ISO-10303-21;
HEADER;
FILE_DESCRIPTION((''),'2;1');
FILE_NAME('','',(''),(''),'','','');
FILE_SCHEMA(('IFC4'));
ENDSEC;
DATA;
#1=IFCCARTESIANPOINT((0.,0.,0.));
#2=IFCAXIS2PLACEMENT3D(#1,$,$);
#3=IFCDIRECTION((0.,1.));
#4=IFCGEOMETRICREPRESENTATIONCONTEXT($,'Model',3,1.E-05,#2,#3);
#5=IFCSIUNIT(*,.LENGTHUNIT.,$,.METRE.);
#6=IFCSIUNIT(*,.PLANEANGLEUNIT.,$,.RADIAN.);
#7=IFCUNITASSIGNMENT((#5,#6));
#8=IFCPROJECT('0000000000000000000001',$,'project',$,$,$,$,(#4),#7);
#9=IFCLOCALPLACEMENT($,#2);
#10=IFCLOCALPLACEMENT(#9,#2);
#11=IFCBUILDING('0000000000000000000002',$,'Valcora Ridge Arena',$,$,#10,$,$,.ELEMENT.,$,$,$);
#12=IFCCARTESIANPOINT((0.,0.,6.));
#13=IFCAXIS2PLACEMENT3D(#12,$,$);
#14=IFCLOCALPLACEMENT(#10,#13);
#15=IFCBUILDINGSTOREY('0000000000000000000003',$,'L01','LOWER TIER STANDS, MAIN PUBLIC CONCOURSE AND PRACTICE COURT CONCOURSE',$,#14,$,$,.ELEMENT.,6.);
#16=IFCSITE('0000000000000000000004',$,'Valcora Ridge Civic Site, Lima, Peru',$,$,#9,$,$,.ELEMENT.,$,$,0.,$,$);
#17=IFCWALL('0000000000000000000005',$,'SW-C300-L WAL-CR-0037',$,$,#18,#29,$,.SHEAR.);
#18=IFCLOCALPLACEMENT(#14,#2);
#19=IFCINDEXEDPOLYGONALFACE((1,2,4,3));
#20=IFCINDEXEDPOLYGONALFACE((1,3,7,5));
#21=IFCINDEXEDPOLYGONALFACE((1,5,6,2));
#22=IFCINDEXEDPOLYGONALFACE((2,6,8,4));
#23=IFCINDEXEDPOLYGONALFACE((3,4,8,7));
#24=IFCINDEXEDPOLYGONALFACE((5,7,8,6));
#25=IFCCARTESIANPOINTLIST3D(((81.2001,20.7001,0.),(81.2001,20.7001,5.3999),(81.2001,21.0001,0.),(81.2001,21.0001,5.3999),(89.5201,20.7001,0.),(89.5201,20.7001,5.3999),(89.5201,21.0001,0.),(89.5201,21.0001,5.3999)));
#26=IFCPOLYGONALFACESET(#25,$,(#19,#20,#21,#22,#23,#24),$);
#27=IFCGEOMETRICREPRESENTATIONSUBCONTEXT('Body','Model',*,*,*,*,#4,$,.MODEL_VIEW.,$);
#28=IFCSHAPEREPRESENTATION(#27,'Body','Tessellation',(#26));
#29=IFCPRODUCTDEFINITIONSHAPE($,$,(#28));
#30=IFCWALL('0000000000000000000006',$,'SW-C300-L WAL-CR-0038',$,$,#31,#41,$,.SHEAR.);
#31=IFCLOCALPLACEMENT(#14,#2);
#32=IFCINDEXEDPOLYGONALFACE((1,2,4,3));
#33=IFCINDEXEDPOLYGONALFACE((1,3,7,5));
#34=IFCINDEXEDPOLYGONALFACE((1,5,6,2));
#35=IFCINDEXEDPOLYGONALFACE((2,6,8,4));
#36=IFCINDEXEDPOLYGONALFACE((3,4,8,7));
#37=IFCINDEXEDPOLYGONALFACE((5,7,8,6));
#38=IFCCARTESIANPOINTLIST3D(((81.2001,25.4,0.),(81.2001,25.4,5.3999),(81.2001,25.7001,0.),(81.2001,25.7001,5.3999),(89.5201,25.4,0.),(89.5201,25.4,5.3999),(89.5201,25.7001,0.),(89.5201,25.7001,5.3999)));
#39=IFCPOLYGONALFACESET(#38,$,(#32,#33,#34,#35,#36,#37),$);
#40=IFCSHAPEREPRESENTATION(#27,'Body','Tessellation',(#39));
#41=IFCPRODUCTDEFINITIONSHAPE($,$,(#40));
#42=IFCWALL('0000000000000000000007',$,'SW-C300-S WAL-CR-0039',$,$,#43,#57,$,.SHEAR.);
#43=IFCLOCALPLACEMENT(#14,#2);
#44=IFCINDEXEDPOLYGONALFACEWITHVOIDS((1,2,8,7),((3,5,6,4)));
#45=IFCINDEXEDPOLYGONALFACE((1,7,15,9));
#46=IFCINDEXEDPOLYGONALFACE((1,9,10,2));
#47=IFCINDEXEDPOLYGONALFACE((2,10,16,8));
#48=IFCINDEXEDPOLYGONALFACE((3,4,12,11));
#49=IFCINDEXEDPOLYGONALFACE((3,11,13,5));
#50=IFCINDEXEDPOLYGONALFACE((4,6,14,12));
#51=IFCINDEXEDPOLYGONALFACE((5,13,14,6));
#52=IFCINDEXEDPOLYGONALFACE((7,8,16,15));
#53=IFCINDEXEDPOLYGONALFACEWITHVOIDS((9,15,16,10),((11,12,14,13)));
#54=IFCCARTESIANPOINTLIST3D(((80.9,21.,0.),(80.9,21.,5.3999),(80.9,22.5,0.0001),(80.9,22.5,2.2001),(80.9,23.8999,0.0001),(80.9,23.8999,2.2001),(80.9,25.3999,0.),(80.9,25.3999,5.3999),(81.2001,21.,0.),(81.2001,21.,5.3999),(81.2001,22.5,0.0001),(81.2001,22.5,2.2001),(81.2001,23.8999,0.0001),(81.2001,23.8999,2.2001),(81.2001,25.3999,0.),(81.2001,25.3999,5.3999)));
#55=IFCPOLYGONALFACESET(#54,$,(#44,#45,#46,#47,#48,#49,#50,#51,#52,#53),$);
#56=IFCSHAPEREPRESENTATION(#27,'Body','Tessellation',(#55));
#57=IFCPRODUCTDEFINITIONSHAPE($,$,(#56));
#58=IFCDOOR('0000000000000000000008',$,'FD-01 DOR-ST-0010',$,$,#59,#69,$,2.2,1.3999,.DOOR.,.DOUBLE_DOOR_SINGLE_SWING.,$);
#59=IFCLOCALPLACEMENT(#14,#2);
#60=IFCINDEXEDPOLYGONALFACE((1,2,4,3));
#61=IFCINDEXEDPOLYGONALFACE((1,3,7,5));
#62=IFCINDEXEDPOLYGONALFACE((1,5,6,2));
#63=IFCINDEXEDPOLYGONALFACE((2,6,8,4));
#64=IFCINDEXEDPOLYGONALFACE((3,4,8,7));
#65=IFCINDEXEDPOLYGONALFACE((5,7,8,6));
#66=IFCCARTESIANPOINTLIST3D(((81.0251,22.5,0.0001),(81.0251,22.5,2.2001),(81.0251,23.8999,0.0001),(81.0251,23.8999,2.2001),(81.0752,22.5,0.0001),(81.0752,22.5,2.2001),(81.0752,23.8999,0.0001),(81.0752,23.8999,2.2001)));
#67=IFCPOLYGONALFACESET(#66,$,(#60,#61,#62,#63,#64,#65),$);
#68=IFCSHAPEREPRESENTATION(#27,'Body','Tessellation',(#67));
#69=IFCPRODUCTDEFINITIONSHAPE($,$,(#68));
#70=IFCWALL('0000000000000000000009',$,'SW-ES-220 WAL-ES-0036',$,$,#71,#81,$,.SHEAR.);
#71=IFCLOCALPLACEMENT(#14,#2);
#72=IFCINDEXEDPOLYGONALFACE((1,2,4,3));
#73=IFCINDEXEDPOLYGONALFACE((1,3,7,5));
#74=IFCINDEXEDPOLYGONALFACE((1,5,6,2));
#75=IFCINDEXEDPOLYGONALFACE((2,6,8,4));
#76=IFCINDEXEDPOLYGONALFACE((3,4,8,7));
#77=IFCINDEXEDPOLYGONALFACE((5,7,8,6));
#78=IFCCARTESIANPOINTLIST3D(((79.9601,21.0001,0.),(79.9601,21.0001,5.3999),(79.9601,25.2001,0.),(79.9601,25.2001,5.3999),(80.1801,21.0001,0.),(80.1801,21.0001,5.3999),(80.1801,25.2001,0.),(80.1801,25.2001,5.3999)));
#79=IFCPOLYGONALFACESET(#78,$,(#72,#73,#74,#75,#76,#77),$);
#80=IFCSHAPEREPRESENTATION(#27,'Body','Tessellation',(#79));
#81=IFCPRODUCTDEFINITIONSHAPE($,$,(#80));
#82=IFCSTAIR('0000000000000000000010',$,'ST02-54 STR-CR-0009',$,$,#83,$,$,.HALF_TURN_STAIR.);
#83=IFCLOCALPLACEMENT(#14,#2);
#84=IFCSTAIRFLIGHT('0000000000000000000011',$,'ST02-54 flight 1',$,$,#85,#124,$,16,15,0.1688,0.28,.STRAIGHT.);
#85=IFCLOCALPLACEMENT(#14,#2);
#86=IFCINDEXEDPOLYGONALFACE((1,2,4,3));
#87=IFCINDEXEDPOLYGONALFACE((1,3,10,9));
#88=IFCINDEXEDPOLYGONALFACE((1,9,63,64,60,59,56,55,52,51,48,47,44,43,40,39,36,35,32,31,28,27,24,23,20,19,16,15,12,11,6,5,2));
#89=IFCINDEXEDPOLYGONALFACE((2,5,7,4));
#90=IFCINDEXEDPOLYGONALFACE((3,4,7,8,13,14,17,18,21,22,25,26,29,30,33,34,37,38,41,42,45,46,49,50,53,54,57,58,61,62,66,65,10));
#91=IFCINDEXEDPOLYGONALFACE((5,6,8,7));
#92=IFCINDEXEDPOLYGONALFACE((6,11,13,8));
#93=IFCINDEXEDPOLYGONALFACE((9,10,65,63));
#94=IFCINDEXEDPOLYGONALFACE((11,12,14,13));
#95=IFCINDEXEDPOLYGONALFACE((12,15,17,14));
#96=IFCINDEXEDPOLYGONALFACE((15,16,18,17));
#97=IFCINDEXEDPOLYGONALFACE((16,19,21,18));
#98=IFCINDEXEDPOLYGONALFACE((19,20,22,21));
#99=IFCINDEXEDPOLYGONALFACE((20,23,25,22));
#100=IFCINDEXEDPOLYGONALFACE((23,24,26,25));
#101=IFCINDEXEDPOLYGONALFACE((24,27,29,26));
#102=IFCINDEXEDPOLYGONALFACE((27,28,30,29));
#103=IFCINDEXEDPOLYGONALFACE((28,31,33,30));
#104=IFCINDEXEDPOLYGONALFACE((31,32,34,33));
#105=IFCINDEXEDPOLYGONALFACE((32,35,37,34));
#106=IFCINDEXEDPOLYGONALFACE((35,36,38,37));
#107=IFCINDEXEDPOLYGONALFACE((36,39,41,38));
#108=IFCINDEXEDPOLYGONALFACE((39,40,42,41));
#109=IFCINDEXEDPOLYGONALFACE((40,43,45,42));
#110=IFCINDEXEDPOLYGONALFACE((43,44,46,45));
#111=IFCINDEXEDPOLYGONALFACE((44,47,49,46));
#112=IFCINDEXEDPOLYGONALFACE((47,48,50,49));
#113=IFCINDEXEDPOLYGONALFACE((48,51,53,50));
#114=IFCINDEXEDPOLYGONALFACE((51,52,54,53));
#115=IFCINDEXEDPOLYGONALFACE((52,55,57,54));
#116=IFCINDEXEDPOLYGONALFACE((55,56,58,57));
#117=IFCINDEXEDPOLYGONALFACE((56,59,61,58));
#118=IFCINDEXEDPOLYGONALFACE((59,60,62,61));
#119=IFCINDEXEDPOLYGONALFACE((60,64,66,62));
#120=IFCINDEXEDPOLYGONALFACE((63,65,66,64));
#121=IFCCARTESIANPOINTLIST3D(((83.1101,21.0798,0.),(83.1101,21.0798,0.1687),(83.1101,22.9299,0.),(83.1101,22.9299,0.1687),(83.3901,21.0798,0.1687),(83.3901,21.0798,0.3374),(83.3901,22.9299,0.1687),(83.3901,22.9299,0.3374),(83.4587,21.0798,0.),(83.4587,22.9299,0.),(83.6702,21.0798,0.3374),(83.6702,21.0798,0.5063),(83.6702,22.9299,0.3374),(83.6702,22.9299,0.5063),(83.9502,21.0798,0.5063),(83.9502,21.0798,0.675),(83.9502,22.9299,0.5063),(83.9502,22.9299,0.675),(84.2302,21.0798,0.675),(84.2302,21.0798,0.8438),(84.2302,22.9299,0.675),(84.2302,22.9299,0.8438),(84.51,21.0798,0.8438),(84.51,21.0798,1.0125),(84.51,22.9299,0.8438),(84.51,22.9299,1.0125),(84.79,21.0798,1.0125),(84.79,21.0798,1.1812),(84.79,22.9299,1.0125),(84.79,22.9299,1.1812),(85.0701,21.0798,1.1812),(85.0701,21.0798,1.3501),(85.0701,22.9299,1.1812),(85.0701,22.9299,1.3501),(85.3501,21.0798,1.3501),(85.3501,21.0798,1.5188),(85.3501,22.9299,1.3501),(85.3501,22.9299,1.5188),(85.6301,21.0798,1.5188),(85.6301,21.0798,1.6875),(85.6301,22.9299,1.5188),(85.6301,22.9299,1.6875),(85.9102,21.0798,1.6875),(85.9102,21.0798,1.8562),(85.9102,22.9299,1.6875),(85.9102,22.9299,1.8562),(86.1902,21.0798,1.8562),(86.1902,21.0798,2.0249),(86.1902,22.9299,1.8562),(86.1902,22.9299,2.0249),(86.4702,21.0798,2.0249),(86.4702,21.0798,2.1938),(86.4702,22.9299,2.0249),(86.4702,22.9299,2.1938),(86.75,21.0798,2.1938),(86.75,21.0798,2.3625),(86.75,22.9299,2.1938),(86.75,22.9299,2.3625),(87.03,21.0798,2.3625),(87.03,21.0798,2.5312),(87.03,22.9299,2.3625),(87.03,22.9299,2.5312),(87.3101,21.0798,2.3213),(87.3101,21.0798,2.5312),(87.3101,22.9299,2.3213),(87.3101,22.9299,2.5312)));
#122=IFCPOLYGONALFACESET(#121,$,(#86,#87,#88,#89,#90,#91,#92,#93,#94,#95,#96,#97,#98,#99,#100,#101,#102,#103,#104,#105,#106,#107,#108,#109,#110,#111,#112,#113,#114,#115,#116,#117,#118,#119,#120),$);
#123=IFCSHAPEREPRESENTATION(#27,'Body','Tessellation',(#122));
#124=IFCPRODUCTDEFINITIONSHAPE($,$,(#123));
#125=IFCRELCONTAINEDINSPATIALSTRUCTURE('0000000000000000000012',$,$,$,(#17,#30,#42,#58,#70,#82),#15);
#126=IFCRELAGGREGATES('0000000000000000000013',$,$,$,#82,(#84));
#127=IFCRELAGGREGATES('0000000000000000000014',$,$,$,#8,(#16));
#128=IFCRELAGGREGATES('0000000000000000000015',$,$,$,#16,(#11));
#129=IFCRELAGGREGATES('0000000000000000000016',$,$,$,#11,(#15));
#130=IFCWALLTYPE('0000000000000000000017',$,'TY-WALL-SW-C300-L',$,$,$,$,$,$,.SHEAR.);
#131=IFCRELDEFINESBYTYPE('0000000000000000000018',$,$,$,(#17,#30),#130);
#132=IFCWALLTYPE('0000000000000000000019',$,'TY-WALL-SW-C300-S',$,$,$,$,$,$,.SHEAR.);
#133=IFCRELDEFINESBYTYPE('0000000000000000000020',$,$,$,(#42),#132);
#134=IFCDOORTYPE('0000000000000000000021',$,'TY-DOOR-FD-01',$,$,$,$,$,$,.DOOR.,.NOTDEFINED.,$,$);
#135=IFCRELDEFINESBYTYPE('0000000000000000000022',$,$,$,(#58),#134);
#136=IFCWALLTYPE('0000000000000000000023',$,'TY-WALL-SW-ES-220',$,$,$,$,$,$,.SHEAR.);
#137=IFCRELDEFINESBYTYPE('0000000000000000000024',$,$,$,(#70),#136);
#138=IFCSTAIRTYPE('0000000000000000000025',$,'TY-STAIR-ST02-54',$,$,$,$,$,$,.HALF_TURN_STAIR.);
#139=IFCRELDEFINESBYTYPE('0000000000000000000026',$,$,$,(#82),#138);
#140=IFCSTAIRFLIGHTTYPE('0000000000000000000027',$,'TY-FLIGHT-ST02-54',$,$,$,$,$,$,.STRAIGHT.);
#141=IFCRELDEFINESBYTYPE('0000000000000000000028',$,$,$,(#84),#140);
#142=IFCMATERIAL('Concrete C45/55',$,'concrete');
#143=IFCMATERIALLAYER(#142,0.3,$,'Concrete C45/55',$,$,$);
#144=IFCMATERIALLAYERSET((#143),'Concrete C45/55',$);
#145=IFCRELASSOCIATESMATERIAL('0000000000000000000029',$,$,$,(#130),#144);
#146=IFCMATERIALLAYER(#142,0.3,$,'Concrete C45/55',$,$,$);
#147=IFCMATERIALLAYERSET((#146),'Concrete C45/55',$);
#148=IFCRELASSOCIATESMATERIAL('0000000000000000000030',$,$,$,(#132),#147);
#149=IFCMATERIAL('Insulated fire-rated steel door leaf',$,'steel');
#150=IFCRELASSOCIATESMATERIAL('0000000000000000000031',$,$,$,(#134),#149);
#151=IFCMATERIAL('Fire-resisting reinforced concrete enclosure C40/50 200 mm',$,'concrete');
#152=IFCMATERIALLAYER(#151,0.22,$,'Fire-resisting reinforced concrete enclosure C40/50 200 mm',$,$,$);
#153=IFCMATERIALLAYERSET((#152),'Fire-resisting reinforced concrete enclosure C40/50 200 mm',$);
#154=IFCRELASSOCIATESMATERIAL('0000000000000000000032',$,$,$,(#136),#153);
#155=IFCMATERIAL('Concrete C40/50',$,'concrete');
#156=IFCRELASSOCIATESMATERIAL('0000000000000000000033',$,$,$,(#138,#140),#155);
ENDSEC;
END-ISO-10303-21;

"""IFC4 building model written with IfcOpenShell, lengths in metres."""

from ifc_helpers import new_model, si_unit, direction, frame, frame_2d, origin, place, context, subcontext, project, spatial, polyline, rectangle, outline, extrude, material, layer, layer_set, type_object, element, fill, aggregate, save


model = new_model("IFC4")

# Units and contexts
model_context = context("Model", 3, precision=1e-05, world=origin(), true_north=direction((0.0, 1.0)))
body_context = subcontext(model_context, "Body", "Model", "MODEL_VIEW")
ifc_project = project(units=[si_unit("LENGTHUNIT", "METRE"), si_unit("PLANEANGLEUNIT", "RADIAN")], contexts=[model_context])

# Site, building, storey
site_placement = place(None, origin())
site = spatial("IfcSite", under=ifc_project, at=site_placement, Name="Valcora Ridge Civic Site, Lima, Peru", CompositionType="ELEMENT", RefElevation=0.0)
building_placement = place(site_placement, origin())
building = spatial("IfcBuilding", under=site, at=building_placement, Name="Valcora Ridge Arena", CompositionType="ELEMENT")
storey_placement = place(building_placement, frame((0.0, 0.0, 6.0)))
storey = spatial("IfcBuildingStorey", under=building, at=storey_placement, Name="L01", Description="LOWER TIER STANDS, MAIN PUBLIC CONCOURSE AND PRACTICE COURT CONCOURSE", CompositionType="ELEMENT", Elevation=6.0)

# Shared definitions
ifc_material_1 = material(Name="Concrete C40/50", Category="concrete")

# Shared definitions
ifc_material_2 = material(Name="Concrete C45/55", Category="concrete")

# Walls
ifc_layer_1 = layer(ifc_material_2, 0.3, Name="Concrete C45/55")
ifc_layer_set_1 = layer_set([ifc_layer_1], Name="Concrete C45/55")
wall_type_1 = type_object("IfcWallType", Name="TY-WALL-SW-C300-L", PredefinedType="SHEAR", material=ifc_layer_set_1)
for number, where, z_axis, x_axis, name in (
    (1, (81.2, 20.8501, 0.0), (0.0, 0.0, 1.0), (1.0, 0.0, 0.0), "SW-C300-L WAL-CR-0037"),
    (2, (81.2, 25.55, 0.0), (0.0, 0.0, 1.0), (1.0, 0.0, 0.0), "SW-C300-L WAL-CR-0038"),
):
    element("IfcWall", number, at=place(storey_placement, frame(where, z_axis=z_axis, x_axis=x_axis)), inside=storey, type_object=wall_type_1, Name=name, PredefinedType="SHEAR", context=body_context, shape_type="SweptSolid", body=[
        extrude(rectangle(XDim=8.3201, YDim=0.3, at=frame_2d((4.1602, 0.0))), origin(), (0.0, 0.0, 1.0), 5.3999),
    ])

# Wall, opening, door
ifc_layer_2 = layer(ifc_material_2, 0.3, Name="Concrete C45/55")
ifc_layer_set_2 = layer_set([ifc_layer_2], Name="Concrete C45/55")
wall_type_2 = type_object("IfcWallType", Name="TY-WALL-SW-C300-S", PredefinedType="SHEAR", material=ifc_layer_set_2)
wall_1_placement = place(storey_placement, frame((81.05, 21.0, 0.0), z_axis=(0.0, 0.0, 1.0), x_axis=(0.0, 1.0, 0.0)))
wall_1 = element("IfcWall", 3, at=wall_1_placement, inside=storey, type_object=wall_type_2, Name="SW-C300-S WAL-CR-0039", PredefinedType="SHEAR", context=body_context, shape_type="SweptSolid", body=[
    extrude(rectangle(XDim=4.3999, YDim=0.3, at=frame_2d((2.2, 0.0))), origin(), (0.0, 0.0, 1.0), 5.3999),
])
opening_placement = place(wall_1_placement, frame((1.5, 0.0, 0.0)))
opening = element("IfcOpeningElement", 4, at=opening_placement, cuts=wall_1, PredefinedType="OPENING", context=body_context, shape_type="SweptSolid", body=[
    extrude(rectangle(XDim=1.3999, YDim=2.2, at=frame_2d((0.7, 1.1001))), frame((0.0, 0.1599, 0.0), z_axis=(0.0, -1.0, 0.0), x_axis=(1.0, 0.0, 0.0)), (0.0, 0.0, 1.0), 0.3201),
])
ifc_material_3 = material(Name="Insulated fire-rated steel door leaf", Category="steel")
door_type = type_object("IfcDoorType", Name="TY-DOOR-FD-01", OperationType="NOTDEFINED", PredefinedType="DOOR", material=ifc_material_3)
door_placement = place(opening_placement, origin())
door = element("IfcDoor", 5, at=door_placement, inside=storey, type_object=door_type, Name="FD-01 DOR-ST-0010", OperationType="DOUBLE_DOOR_SINGLE_SWING", OverallHeight=2.2, OverallWidth=1.3999, PredefinedType="DOOR", context=body_context, shape_type="SweptSolid", body=[
    extrude(rectangle(XDim=1.3999, YDim=2.2, at=frame_2d((0.7, 1.1001))), frame((0.0, 0.0249, 0.0), z_axis=(0.0, -1.0, 0.0), x_axis=(1.0, 0.0, 0.0)), (0.0, 0.0, 1.0), 0.05),
])
fill(opening, door)

# Wall
ifc_material_4 = material(Name="Fire-resisting reinforced concrete enclosure C40/50 200 mm", Category="concrete")
ifc_layer_3 = layer(ifc_material_4, 0.22, Name="Fire-resisting reinforced concrete enclosure C40/50 200 mm")
ifc_layer_set_3 = layer_set([ifc_layer_3], Name="Fire-resisting reinforced concrete enclosure C40/50 200 mm")
wall_type_3 = type_object("IfcWallType", Name="TY-WALL-SW-ES-220", PredefinedType="SHEAR", material=ifc_layer_set_3)
wall_2_placement = place(storey_placement, frame((80.0701, 21.0, 0.0), z_axis=(0.0, 0.0, 1.0), x_axis=(0.0, 1.0, 0.0)))
element("IfcWall", 6, at=wall_2_placement, inside=storey, type_object=wall_type_3, Name="SW-ES-220 WAL-ES-0036", PredefinedType="SHEAR", context=body_context, shape_type="SweptSolid", body=[
    extrude(rectangle(XDim=4.2, YDim=0.22, at=frame_2d((2.1001, 0.0))), origin(), (0.0, 0.0, 1.0), 5.3999),
])

# Stair, stair flight
stair_type = type_object("IfcStairType", Name="TY-STAIR-ST02-54", PredefinedType="HALF_TURN_STAIR", material=ifc_material_1)
stair_placement = place(storey_placement, origin())
stair = element("IfcStair", 7, at=stair_placement, inside=storey, type_object=stair_type, Name="ST02-54 STR-CR-0009", PredefinedType="HALF_TURN_STAIR")
stair_flight_type = type_object("IfcStairFlightType", Name="TY-FLIGHT-ST02-54", PredefinedType="STRAIGHT", material=ifc_material_1)
stair_flight_placement = place(storey_placement, frame((83.1101, 22.0049, 0.0), z_axis=(0.0, 0.0, 1.0), x_axis=(1.0, 0.0, 0.0)))
stair_flight = element("IfcStairFlight", 8, at=stair_flight_placement, type_object=stair_flight_type, Name="ST02-54 flight 1", NumberOfRisers=16, NumberOfTreads=15, PredefinedType="STRAIGHT", RiserHeight=0.1688, TreadLength=0.28, context=body_context, shape_type="SweptSolid", body=[
    extrude(outline(polyline([(0.0, 0.0), (0.0, 0.1687), (0.28, 0.1687), (0.28, 0.3374), (0.5601, 0.3374), (0.5601, 0.5063), (0.8401, 0.5063), (0.8401, 0.675), (1.1201, 0.675), (1.1201, 0.8438), (1.3999, 0.8438), (1.3999, 1.0125), (1.6799, 1.0125), (1.6799, 1.1812), (1.96, 1.1812), (1.96, 1.3501), (2.24, 1.3501), (2.24, 1.5188), (2.52, 1.5188), (2.52, 1.6875), (2.8, 1.6875), (2.8, 1.8562), (3.0801, 1.8562), (3.0801, 2.0249), (3.3601, 2.0249), (3.3601, 2.1938), (3.6399, 2.1938), (3.6399, 2.3625), (3.9199, 2.3625), (3.9199, 2.5312), (4.2, 2.5312), (4.2, 2.7), (4.2, 2.3213), (0.3486, 0.0), (0.0, 0.0)])), frame((0.0, 0.925, 0.0), z_axis=(0.0, -1.0, 0.0), x_axis=(1.0, 0.0, 0.0)), (0.0, 0.0, 1.0), 1.8501),
])
aggregate(stair, [stair_flight])

save(model, "model.ifc")
